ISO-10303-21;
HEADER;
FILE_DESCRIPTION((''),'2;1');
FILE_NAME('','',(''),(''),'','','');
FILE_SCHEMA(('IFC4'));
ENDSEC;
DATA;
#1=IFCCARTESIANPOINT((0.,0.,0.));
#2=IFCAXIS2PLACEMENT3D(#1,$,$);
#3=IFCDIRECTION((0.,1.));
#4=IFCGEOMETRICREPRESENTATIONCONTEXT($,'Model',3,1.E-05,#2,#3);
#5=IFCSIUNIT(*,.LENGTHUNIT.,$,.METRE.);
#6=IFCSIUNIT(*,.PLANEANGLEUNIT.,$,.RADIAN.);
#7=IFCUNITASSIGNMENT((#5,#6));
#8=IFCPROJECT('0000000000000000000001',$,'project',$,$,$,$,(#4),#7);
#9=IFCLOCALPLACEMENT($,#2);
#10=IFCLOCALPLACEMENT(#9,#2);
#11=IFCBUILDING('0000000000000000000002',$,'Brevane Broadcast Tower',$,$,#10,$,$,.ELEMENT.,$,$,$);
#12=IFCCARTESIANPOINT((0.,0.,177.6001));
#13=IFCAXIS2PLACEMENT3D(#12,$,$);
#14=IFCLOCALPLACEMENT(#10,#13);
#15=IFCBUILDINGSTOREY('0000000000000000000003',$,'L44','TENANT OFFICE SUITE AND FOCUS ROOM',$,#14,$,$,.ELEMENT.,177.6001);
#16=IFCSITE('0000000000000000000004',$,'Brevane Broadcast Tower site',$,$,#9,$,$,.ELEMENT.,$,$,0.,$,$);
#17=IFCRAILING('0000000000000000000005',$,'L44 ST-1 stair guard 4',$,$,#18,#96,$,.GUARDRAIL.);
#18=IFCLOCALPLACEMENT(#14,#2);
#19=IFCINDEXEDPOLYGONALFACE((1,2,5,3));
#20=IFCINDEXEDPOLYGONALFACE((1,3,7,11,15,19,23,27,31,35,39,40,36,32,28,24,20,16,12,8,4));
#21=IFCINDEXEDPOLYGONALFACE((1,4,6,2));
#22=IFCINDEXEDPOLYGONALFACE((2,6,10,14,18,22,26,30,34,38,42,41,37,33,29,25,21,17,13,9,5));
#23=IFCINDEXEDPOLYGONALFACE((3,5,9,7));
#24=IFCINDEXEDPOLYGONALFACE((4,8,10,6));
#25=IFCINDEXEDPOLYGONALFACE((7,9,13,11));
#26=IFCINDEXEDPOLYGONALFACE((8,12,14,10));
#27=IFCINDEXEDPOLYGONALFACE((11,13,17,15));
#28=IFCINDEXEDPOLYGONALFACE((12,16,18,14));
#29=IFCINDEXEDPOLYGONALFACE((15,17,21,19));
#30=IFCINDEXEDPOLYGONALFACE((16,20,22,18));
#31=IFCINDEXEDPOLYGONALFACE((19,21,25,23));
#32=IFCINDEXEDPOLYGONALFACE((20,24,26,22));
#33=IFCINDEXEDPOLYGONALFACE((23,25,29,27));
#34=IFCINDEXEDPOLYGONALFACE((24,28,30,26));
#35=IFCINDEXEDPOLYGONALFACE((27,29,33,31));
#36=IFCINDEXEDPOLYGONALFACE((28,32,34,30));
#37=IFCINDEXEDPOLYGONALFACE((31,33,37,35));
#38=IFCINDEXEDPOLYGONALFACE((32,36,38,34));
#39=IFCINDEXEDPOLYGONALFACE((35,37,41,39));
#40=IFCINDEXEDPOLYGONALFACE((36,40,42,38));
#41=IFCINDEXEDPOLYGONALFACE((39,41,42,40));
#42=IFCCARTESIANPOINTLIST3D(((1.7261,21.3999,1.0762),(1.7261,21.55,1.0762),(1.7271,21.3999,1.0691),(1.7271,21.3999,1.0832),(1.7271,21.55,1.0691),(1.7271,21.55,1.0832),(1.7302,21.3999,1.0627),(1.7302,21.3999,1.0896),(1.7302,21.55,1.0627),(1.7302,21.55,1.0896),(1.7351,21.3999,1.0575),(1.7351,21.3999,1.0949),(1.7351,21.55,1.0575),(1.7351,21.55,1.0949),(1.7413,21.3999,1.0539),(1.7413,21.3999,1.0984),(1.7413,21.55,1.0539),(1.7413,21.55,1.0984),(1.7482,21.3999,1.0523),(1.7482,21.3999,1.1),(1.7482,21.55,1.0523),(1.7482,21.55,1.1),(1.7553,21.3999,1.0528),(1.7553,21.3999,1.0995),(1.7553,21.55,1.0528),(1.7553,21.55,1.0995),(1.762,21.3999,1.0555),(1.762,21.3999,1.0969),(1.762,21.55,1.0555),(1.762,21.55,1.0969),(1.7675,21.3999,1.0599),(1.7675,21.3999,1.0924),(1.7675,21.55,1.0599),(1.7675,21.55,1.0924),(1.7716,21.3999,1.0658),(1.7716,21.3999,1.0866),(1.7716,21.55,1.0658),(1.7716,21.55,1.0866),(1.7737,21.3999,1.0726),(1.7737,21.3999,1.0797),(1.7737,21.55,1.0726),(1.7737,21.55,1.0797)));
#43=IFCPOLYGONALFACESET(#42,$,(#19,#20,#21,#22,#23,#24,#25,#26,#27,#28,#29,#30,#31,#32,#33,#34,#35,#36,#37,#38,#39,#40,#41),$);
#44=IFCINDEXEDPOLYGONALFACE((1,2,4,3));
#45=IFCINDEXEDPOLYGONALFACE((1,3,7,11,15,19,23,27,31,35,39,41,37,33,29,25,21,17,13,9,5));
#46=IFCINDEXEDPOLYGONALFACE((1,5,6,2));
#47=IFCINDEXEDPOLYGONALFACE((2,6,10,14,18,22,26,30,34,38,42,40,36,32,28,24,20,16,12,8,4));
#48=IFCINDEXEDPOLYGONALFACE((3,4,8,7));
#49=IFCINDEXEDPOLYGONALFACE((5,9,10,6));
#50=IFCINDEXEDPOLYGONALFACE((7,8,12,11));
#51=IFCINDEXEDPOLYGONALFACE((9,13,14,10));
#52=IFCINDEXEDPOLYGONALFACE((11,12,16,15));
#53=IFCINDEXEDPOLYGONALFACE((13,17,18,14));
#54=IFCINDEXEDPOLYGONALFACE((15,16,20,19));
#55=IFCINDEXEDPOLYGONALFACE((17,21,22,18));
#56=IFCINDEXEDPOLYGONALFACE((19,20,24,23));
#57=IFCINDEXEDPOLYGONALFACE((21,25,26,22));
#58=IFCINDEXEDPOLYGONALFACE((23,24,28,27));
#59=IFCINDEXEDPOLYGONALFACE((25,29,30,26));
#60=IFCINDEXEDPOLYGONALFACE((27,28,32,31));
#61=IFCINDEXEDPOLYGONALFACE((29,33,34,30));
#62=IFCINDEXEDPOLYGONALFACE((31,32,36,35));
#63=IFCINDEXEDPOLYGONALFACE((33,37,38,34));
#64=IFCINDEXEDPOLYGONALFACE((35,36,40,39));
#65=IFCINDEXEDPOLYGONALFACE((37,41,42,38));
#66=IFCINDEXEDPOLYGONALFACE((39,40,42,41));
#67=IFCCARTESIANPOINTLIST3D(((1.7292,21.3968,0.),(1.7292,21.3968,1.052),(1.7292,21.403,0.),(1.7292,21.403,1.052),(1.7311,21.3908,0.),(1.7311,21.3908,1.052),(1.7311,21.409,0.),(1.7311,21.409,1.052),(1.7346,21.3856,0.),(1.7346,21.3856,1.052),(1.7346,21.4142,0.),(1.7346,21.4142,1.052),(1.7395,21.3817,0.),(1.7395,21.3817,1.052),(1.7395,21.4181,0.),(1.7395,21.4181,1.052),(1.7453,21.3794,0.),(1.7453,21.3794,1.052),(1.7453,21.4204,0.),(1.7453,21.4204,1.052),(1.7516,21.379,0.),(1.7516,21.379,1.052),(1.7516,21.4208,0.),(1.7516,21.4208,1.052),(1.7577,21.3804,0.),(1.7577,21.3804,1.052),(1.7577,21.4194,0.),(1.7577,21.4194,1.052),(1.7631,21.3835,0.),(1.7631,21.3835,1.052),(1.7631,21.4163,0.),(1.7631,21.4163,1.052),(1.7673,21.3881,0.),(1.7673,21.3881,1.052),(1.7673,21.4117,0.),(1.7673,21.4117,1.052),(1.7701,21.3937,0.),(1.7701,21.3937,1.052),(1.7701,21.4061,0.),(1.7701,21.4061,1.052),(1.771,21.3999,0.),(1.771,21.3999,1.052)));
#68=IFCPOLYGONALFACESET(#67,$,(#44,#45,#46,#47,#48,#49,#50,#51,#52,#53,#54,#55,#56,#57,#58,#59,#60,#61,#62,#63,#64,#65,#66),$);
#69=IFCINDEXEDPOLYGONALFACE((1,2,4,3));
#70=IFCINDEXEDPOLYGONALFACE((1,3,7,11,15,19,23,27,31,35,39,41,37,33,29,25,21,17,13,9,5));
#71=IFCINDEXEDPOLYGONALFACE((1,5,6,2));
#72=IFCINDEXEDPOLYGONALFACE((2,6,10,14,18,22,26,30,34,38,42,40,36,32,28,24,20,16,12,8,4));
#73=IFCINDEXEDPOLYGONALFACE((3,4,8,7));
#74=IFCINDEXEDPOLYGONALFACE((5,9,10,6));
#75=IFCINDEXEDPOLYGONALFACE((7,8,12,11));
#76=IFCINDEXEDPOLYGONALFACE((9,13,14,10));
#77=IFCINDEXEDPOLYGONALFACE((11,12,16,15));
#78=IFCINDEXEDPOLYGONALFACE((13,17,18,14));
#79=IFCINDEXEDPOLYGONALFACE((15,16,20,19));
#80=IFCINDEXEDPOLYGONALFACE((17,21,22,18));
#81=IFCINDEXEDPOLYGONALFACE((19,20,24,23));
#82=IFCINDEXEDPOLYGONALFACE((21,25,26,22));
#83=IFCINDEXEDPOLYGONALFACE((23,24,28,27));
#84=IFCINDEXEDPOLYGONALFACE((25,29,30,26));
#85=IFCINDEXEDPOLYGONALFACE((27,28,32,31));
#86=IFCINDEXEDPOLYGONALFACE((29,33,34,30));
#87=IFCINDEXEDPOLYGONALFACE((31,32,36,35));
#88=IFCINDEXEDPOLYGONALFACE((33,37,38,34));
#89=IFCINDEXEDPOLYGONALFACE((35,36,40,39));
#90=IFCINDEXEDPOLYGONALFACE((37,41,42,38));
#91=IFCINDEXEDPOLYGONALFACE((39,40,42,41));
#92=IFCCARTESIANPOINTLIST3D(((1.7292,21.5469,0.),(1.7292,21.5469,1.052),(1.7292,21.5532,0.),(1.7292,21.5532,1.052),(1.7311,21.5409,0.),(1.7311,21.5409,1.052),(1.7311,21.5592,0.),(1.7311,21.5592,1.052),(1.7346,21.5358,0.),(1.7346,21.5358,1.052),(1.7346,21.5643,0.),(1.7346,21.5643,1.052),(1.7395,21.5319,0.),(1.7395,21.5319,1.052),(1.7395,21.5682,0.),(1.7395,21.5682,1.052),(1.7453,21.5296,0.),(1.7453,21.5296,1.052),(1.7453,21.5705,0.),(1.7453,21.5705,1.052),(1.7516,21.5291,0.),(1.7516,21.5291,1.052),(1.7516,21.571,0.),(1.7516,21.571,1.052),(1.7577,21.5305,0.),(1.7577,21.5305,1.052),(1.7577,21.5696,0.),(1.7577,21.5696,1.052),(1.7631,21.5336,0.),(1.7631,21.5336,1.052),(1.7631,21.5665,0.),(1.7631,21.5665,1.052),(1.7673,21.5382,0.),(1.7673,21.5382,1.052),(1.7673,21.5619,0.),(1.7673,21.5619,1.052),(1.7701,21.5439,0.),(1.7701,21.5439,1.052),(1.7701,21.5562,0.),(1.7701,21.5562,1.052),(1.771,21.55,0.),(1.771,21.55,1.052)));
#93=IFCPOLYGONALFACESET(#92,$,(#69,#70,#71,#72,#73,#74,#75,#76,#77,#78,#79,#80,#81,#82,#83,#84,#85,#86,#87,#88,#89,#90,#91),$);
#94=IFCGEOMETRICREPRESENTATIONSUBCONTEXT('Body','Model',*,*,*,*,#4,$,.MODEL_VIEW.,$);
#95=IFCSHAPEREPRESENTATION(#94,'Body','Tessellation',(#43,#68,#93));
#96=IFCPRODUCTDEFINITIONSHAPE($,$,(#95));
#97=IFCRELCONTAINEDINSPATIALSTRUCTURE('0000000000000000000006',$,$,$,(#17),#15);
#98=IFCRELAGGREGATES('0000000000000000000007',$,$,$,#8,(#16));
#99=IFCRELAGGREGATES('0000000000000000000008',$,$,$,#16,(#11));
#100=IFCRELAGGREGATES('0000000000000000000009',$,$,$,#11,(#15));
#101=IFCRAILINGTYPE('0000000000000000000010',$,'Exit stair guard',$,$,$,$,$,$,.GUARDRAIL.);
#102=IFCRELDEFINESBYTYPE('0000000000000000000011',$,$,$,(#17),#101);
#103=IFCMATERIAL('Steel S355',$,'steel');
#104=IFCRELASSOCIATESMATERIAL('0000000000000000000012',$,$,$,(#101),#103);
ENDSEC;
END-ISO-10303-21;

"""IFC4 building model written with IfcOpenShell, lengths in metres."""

from ifc_helpers import new_model, si_unit, direction, frame, origin, origin_2d, place, context, subcontext, project, spatial, circle, extrude, material, type_object, element, save


model = new_model("IFC4")

# Units and contexts
model_context = context("Model", 3, precision=1e-05, world=origin(), true_north=direction((0.0, 1.0)))
body_context = subcontext(model_context, "Body", "Model", "MODEL_VIEW")
ifc_project = project(units=[si_unit("LENGTHUNIT", "METRE"), si_unit("PLANEANGLEUNIT", "RADIAN")], contexts=[model_context])

# Site, building, storey
site_placement = place(None, origin())
site = spatial("IfcSite", under=ifc_project, at=site_placement, Name="Brevane Broadcast Tower site", CompositionType="ELEMENT", RefElevation=0.0)
building_placement = place(site_placement, origin())
building = spatial("IfcBuilding", under=site, at=building_placement, Name="Brevane Broadcast Tower", CompositionType="ELEMENT")
storey_placement = place(building_placement, frame((0.0, 0.0, 177.6001)))
storey = spatial("IfcBuildingStorey", under=building, at=storey_placement, Name="L44", Description="TENANT OFFICE SUITE AND FOCUS ROOM", CompositionType="ELEMENT", Elevation=177.6001)

# Railing
ifc_material_1 = material(Name="Steel S355", Category="steel")
railing_type_1 = type_object("IfcRailingType", Name="Exit stair guard", PredefinedType="GUARDRAIL", material=ifc_material_1)
railing_1_placement = place(storey_placement, frame((1.75, 21.3999, 0.0)))
element("IfcRailing", 1, at=railing_1_placement, inside=storey, type_object=railing_type_1, Name="L44 ST-1 stair guard 4", PredefinedType="GUARDRAIL", context=body_context, shape_type="SweptSolid", body=[
    extrude(circle(Radius=0.0239, at=origin_2d()), frame((0.0, 0.0, 1.0762), z_axis=(0.0, 1.0, 0.0), x_axis=(-1.0, 0.0, 0.0)), (0.0, 0.0, 1.0), 0.1501),
    extrude(circle(Radius=0.021, at=origin_2d()), origin(), (0.0, 0.0, 1.0), 1.052),
    extrude(circle(Radius=0.021, at=origin_2d()), frame((0.0, 0.1501, 0.0)), (0.0, 0.0, 1.0), 1.052),
])

save(model, "model.ifc")
